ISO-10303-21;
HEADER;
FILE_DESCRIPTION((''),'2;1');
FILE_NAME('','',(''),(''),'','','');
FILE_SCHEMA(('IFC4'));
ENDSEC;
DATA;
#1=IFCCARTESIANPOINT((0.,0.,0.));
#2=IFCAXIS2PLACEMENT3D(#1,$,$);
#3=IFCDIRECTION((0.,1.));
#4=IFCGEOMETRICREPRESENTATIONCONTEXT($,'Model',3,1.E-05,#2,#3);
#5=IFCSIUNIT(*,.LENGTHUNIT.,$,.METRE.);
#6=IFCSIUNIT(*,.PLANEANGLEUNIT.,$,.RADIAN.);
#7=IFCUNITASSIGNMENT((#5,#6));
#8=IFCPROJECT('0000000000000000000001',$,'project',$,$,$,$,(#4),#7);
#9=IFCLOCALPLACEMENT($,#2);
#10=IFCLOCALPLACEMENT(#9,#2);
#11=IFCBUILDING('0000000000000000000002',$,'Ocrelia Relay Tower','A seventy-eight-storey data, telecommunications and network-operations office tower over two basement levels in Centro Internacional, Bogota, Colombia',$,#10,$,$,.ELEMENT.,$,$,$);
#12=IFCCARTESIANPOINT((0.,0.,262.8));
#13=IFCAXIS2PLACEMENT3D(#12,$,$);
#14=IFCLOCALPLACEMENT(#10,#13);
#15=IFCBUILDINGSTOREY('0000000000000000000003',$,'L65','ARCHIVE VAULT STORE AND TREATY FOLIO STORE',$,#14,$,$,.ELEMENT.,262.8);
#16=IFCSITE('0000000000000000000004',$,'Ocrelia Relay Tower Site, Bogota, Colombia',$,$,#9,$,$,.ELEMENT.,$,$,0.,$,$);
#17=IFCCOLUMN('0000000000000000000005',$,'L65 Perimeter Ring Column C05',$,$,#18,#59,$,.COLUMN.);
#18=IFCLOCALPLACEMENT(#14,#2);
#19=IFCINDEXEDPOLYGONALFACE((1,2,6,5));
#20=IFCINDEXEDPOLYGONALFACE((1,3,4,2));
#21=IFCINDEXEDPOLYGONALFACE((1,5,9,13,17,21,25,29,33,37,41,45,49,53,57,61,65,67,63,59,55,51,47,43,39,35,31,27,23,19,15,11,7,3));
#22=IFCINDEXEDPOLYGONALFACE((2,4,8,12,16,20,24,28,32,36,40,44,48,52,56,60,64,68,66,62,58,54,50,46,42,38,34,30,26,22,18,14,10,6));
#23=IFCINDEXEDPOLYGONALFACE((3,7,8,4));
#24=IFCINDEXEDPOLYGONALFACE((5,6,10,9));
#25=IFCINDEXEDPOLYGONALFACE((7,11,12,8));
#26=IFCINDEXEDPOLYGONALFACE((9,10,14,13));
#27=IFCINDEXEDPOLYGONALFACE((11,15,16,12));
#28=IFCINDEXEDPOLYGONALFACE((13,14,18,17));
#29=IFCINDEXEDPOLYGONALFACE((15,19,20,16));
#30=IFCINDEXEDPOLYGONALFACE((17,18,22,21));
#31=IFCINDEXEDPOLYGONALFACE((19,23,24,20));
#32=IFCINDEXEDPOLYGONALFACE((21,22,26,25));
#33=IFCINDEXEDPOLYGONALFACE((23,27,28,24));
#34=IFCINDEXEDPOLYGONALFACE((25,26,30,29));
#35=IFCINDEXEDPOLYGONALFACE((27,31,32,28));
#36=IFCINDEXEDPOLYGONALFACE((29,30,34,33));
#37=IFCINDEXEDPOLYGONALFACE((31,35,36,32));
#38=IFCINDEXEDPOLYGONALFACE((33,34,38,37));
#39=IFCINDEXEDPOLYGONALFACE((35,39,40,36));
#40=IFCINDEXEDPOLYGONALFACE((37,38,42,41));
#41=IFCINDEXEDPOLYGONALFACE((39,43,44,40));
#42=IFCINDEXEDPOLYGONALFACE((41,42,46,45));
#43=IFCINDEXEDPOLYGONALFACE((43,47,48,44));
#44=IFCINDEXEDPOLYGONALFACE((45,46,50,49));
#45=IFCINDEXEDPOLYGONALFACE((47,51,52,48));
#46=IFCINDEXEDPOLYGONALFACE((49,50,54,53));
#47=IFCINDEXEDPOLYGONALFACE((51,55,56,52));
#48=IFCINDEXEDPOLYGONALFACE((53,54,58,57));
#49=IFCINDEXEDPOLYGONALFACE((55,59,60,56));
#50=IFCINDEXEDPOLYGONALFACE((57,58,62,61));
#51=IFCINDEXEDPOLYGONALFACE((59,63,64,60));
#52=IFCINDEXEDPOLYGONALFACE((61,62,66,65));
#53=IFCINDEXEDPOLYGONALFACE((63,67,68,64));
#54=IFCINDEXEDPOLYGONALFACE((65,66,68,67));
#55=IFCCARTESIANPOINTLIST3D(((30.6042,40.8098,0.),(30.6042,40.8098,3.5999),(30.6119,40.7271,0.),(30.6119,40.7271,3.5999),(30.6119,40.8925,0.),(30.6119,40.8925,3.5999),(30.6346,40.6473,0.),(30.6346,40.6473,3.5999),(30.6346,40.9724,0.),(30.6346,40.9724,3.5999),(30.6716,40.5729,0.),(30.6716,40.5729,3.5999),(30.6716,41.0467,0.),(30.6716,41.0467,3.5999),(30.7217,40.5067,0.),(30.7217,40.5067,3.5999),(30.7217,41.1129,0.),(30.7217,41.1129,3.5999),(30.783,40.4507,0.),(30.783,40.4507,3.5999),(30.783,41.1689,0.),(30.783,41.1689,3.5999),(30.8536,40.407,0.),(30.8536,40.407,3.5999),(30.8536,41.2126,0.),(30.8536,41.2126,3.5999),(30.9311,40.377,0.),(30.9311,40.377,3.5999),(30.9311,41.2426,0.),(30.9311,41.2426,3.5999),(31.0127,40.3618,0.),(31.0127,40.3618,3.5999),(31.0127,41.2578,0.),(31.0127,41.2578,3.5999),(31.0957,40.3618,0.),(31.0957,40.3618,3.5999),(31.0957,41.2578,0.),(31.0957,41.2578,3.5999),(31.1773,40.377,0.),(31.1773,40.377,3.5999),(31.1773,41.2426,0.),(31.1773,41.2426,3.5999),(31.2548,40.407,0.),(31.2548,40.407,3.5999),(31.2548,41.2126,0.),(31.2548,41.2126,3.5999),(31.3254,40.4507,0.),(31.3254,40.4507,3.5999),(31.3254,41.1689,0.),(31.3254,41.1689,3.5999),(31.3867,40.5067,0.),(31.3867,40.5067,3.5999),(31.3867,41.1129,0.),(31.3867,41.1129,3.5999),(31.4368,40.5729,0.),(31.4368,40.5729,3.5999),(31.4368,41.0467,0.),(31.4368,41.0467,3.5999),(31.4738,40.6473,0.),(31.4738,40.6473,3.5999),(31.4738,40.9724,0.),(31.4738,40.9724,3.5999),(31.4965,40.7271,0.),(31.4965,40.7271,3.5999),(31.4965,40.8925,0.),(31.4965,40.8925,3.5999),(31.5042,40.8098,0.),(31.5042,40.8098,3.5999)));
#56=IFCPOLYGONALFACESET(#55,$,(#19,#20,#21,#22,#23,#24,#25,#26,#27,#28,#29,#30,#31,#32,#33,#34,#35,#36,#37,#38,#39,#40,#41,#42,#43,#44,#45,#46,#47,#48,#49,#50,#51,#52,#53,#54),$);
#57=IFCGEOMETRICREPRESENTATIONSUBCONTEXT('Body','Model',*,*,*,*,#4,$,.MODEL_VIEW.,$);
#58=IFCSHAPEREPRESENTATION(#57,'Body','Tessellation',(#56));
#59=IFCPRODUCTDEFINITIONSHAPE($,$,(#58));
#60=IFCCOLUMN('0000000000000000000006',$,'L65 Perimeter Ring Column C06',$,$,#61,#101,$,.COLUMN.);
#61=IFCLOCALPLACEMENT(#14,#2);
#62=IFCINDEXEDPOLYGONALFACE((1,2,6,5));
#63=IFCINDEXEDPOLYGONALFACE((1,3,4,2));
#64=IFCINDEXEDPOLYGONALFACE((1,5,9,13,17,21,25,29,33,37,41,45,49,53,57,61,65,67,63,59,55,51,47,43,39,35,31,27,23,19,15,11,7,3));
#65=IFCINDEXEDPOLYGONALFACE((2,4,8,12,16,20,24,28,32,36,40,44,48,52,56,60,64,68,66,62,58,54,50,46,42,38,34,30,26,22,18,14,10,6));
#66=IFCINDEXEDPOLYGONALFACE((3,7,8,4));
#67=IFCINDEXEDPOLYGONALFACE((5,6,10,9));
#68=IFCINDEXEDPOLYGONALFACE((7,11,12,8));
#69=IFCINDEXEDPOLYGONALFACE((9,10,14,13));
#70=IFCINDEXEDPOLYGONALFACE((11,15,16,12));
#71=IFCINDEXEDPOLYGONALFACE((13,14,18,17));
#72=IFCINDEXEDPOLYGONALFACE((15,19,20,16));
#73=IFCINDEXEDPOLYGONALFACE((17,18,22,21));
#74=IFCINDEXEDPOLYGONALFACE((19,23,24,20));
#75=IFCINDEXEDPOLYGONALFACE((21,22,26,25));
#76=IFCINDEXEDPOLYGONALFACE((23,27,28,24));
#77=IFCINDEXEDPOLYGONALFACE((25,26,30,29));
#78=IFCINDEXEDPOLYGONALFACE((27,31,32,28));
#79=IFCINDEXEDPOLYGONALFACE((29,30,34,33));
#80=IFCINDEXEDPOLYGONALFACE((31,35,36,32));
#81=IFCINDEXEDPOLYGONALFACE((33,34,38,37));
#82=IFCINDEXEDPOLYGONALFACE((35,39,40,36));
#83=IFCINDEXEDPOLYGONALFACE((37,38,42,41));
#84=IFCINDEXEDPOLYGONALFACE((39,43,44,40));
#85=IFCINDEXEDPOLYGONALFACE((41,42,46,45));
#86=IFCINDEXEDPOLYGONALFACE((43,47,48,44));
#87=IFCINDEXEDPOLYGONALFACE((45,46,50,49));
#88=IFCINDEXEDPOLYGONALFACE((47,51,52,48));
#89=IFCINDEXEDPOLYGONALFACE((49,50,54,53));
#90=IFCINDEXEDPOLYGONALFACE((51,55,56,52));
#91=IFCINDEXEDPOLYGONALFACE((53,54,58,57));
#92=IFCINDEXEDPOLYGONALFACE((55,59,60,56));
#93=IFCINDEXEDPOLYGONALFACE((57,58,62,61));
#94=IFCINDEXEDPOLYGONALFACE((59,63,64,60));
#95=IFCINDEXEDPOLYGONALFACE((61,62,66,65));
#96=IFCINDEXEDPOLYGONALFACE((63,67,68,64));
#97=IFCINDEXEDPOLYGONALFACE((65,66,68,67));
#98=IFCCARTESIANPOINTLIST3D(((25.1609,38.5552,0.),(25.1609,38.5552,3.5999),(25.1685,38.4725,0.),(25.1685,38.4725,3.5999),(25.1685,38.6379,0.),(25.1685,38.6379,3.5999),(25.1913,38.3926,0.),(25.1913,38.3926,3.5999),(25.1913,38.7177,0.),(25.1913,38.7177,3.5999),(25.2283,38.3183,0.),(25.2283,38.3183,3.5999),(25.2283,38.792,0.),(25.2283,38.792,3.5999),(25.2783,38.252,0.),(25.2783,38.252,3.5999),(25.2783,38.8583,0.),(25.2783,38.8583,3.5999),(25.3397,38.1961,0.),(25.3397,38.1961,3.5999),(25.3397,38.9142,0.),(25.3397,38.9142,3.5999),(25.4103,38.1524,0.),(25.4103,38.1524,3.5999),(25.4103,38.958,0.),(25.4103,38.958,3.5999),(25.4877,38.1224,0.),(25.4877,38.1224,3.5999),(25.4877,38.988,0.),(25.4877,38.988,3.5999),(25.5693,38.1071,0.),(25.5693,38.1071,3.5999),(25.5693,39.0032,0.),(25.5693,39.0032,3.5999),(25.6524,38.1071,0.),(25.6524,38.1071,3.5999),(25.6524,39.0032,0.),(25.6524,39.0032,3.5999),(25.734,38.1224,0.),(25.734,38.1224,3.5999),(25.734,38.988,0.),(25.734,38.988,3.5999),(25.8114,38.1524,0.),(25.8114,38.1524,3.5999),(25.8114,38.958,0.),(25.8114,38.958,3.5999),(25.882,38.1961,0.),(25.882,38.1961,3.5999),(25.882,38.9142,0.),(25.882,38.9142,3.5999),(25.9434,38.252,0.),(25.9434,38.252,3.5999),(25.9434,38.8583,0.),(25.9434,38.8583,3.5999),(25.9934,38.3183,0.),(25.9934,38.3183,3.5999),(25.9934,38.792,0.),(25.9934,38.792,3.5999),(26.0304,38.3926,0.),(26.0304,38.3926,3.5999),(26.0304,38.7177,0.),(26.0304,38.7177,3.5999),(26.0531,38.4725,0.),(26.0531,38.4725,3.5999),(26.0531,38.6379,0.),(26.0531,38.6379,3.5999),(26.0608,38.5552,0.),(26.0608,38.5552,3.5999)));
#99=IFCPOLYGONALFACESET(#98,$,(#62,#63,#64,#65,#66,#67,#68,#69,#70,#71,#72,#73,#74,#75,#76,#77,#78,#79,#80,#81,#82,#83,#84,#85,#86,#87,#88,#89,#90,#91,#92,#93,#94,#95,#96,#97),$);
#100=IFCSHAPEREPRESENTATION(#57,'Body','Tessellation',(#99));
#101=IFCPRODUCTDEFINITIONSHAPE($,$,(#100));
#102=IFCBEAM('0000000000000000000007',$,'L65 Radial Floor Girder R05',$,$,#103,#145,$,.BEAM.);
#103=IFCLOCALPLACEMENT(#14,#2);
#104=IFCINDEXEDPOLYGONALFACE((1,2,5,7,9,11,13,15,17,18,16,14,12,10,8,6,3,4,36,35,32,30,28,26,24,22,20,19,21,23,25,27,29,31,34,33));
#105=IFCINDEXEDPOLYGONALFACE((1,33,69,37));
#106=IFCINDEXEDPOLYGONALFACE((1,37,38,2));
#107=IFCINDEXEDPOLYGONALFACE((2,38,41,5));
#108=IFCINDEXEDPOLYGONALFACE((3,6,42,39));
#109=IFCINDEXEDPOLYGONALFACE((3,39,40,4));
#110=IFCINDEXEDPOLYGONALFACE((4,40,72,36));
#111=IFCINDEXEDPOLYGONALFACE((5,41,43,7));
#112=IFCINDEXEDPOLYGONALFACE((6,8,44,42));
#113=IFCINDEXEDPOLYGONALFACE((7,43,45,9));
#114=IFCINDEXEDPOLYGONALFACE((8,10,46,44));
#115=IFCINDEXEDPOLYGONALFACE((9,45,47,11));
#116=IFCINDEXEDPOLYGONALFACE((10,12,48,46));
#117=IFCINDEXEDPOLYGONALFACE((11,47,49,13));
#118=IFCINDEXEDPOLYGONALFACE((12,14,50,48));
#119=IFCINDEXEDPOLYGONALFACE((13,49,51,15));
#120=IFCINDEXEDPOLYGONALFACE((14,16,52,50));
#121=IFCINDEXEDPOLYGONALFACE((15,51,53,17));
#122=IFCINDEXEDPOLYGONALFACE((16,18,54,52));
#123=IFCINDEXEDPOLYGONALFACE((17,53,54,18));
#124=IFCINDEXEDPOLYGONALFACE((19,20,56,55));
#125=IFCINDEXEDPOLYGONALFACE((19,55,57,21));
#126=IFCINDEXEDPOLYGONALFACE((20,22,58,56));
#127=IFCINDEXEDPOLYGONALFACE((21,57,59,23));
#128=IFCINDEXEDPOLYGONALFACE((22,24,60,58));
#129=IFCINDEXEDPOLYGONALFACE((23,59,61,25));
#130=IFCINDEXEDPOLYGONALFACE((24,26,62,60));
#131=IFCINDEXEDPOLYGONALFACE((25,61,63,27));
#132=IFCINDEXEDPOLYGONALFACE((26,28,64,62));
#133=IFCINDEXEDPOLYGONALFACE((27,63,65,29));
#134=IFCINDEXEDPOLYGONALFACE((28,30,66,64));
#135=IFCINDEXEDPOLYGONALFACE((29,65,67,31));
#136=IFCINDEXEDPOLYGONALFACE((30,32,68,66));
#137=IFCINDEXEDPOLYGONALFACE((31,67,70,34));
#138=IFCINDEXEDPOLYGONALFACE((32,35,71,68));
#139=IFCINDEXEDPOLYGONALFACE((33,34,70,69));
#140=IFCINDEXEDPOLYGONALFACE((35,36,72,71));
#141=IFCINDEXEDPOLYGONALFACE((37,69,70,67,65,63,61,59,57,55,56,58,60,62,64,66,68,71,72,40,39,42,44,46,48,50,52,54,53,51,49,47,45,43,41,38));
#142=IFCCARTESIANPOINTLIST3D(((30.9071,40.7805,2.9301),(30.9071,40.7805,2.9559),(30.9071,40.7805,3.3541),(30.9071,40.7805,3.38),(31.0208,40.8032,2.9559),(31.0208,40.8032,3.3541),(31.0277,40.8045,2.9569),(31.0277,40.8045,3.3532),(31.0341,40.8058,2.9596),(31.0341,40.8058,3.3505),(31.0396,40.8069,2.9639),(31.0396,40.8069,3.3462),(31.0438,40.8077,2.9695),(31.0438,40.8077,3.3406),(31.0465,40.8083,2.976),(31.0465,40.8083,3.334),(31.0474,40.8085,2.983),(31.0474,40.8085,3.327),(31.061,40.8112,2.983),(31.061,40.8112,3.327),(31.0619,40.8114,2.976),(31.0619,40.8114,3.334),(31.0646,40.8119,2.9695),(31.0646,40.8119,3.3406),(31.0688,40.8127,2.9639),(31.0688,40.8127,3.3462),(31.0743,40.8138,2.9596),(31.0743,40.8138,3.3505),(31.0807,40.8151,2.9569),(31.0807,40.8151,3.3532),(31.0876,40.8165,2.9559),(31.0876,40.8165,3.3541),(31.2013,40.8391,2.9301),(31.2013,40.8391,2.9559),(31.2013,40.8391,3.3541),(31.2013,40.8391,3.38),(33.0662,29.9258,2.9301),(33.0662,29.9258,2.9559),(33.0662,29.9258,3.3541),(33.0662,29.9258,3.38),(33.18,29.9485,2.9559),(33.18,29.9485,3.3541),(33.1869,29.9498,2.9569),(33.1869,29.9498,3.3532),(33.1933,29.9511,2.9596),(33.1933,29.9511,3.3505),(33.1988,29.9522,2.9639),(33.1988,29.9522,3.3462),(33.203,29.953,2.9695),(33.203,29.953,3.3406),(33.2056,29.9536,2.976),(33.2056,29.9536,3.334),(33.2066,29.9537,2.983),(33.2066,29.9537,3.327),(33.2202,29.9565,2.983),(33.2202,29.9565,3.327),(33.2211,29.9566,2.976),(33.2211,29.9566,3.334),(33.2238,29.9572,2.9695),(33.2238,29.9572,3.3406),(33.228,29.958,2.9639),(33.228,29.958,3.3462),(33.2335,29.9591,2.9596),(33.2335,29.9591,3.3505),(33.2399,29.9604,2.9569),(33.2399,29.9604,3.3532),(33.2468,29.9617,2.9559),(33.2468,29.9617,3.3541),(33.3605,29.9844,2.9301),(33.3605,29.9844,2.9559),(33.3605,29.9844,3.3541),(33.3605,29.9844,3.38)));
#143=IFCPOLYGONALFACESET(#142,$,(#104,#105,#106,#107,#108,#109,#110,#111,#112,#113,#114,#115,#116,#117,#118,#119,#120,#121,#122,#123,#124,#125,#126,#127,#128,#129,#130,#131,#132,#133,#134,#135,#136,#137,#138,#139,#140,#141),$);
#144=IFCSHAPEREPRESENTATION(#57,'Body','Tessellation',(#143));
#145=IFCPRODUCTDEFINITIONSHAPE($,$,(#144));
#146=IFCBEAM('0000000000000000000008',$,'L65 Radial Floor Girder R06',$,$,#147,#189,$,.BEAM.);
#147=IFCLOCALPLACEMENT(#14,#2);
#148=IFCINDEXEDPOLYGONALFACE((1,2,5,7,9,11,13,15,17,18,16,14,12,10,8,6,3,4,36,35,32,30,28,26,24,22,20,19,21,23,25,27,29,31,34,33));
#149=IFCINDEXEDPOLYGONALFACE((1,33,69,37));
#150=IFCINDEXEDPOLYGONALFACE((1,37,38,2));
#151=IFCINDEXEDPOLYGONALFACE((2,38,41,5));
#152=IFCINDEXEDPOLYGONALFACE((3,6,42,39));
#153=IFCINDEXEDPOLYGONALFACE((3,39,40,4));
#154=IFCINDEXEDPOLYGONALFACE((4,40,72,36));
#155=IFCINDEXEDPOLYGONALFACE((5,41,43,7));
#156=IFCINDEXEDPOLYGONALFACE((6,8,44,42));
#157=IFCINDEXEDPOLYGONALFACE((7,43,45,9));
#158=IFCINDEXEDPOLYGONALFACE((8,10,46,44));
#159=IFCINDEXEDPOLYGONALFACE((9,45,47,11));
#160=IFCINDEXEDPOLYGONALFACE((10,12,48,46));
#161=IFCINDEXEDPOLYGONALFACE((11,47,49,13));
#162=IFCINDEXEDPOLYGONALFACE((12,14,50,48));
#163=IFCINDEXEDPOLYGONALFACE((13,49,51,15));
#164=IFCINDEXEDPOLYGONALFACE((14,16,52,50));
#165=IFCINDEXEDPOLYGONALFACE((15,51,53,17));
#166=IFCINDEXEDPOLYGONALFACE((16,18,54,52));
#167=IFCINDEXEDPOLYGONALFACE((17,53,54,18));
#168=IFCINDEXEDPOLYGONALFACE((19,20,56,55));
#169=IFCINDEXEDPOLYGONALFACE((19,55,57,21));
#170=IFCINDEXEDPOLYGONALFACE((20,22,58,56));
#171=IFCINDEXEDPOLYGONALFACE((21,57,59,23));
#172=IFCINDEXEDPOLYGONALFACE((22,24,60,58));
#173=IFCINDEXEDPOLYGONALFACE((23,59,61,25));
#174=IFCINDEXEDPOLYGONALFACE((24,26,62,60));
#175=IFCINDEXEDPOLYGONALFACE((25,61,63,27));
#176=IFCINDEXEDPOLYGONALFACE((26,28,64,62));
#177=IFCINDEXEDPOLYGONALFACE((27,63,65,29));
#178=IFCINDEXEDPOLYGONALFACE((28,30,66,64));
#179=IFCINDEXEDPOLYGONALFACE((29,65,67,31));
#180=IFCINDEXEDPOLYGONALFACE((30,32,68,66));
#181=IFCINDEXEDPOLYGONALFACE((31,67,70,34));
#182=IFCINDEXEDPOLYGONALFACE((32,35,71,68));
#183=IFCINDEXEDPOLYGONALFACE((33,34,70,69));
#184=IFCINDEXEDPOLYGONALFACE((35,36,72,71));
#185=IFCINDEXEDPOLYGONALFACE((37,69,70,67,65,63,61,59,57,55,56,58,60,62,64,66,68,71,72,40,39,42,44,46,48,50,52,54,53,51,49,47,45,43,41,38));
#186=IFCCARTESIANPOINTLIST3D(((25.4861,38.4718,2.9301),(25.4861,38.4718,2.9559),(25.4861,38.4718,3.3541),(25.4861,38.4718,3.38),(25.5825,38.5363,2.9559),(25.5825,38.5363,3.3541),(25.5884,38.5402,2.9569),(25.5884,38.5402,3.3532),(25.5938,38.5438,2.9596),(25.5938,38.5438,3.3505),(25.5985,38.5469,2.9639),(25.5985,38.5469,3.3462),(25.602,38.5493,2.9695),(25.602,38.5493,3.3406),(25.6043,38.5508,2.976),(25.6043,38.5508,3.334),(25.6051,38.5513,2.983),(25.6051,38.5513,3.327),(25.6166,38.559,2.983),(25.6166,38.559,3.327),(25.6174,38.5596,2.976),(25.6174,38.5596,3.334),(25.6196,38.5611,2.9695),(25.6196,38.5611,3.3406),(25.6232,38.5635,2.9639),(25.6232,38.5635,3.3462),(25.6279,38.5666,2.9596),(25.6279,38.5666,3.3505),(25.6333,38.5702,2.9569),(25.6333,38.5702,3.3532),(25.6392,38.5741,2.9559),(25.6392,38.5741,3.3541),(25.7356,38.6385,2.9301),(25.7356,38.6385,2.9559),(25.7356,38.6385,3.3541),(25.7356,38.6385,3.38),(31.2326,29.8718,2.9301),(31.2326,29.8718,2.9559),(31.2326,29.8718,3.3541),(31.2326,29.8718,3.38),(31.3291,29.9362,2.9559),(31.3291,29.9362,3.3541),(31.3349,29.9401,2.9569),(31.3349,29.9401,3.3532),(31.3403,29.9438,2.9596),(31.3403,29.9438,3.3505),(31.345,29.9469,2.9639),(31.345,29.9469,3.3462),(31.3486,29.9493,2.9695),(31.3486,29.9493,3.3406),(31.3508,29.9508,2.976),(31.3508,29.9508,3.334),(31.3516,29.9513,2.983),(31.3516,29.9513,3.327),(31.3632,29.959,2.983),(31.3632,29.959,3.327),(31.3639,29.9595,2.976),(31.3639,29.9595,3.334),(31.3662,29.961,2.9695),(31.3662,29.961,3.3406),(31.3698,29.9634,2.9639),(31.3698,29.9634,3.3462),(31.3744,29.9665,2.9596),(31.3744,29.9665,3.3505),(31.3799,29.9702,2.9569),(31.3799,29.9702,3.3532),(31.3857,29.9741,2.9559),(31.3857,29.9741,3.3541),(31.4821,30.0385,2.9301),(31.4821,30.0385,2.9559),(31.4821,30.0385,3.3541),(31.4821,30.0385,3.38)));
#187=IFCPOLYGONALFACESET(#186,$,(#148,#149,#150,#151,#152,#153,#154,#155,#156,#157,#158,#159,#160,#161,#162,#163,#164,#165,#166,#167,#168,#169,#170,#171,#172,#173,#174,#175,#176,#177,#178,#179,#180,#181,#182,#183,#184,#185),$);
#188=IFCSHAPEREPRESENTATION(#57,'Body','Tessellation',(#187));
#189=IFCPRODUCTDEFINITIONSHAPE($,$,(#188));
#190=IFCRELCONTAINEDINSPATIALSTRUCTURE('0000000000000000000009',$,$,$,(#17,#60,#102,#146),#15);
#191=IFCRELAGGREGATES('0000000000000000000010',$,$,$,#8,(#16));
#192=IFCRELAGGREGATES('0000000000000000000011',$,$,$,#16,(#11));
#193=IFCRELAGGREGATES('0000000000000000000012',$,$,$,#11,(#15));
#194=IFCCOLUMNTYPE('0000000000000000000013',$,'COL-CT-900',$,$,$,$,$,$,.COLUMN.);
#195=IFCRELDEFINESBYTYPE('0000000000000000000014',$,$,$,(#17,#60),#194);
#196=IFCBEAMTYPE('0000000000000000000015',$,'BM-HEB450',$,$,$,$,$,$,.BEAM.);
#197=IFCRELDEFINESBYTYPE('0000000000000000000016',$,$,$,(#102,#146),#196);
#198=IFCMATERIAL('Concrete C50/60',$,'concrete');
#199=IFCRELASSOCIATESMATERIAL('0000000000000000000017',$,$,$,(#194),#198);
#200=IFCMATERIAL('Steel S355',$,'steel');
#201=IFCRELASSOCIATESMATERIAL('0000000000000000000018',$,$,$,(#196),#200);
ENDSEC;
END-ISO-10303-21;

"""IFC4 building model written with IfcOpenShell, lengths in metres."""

from ifc_helpers import new_model, si_unit, direction, frame, origin, origin_2d, place, context, subcontext, project, spatial, circle, i_section, extrude, material, material_profile, profile_set, type_object, element, save


model = new_model("IFC4")

# Units and contexts
model_context = context("Model", 3, precision=1e-05, world=origin(), true_north=direction((0.0, 1.0)))
body_context = subcontext(model_context, "Body", "Model", "MODEL_VIEW")
ifc_project = project(units=[si_unit("LENGTHUNIT", "METRE"), si_unit("PLANEANGLEUNIT", "RADIAN")], contexts=[model_context])

# Site, building, storey
site_placement = place(None, origin())
site = spatial("IfcSite", under=ifc_project, at=site_placement, Name="Ocrelia Relay Tower Site, Bogota, Colombia", CompositionType="ELEMENT", RefElevation=0.0)
building_placement = place(site_placement, origin())
building = spatial("IfcBuilding", under=site, at=building_placement, Name="Ocrelia Relay Tower", Description="A seventy-eight-storey data, telecommunications and network-operations office tower over two basement levels in Centro Internacional, Bogota, Colombia", CompositionType="ELEMENT")
storey_placement = place(building_placement, frame((0.0, 0.0, 262.8)))
storey = spatial("IfcBuildingStorey", under=building, at=storey_placement, Name="L65", Description="ARCHIVE VAULT STORE AND TREATY FOLIO STORE", CompositionType="ELEMENT", Elevation=262.8)

# Columns
ifc_material_1 = material(Name="Concrete C50/60", Category="concrete")
ifc_material_profile_1 = material_profile(ifc_material_1, circle(Radius=0.45, at=origin_2d()), Name="RC-CIR-900")
ifc_profile_set_1 = profile_set([ifc_material_profile_1], Name="Concrete C50/60")
column_type = type_object("IfcColumnType", Name="COL-CT-900", PredefinedType="COLUMN", material=ifc_profile_set_1)
for number, where, z_axis, x_axis, name in (
    (1, (31.0542, 40.8098, 0.0), (0.0, 0.0, 1.0), (1.0, 0.0, 0.0), "L65 Perimeter Ring Column C05"),
    (2, (25.6108, 38.5552, 0.0), (0.0, 0.0, 1.0), (1.0, 0.0, 0.0), "L65 Perimeter Ring Column C06"),
):
    element("IfcColumn", number, at=place(storey_placement, frame(where, z_axis=z_axis, x_axis=x_axis)), inside=storey, type_object=column_type, Name=name, PredefinedType="COLUMN", context=body_context, shape_type="SweptSolid", body=[
        extrude(circle(Radius=0.45, at=origin_2d()), origin(), (0.0, 0.0, 1.0), 3.5999),
    ])

# Beams
ifc_material_2 = material(Name="Steel S355", Category="steel")
ifc_material_profile_2 = material_profile(ifc_material_2, i_section(OverallWidth=0.3, OverallDepth=0.45, WebThickness=0.0139, FlangeThickness=0.0259, FilletRadius=0.0271, at=origin_2d()), Name="HEB 450")
ifc_profile_set_2 = profile_set([ifc_material_profile_2], Name="Steel S355")
beam_type_1 = type_object("IfcBeamType", Name="BM-HEB450", PredefinedType="BEAM", material=ifc_profile_set_2)
beam_1_placement = place(storey_placement, frame((31.0542, 40.8098, 3.155), z_axis=(0.195094, -0.980785, 0.0), x_axis=(0.980785, 0.195094, 0.0)))
element("IfcBeam", 3, at=beam_1_placement, inside=storey, type_object=beam_type_1, Name="L65 Radial Floor Girder R05", PredefinedType="BEAM", context=body_context, shape_type="SweptSolid", body=[
    extrude(i_section(OverallWidth=0.3, OverallDepth=0.45, WebThickness=0.0139, FlangeThickness=0.0259, FilletRadius=0.0271, at=origin_2d()), origin(), (0.0, 0.0, 1.0), 11.0674),
])
beam_2_placement = place(storey_placement, frame((25.6108, 38.5552, 3.155), z_axis=(0.555582, -0.831462, 0.0), x_axis=(0.831462, 0.555582, 0.0)))
element("IfcBeam", 4, at=beam_2_placement, inside=storey, type_object=beam_type_1, Name="L65 Radial Floor Girder R06", PredefinedType="BEAM", context=body_context, shape_type="SweptSolid", body=[
    extrude(i_section(OverallWidth=0.3, OverallDepth=0.45, WebThickness=0.0139, FlangeThickness=0.0259, FilletRadius=0.0271, at=origin_2d()), origin(), (0.0, 0.0, 1.0), 10.3433),
])

save(model, "model.ifc")
